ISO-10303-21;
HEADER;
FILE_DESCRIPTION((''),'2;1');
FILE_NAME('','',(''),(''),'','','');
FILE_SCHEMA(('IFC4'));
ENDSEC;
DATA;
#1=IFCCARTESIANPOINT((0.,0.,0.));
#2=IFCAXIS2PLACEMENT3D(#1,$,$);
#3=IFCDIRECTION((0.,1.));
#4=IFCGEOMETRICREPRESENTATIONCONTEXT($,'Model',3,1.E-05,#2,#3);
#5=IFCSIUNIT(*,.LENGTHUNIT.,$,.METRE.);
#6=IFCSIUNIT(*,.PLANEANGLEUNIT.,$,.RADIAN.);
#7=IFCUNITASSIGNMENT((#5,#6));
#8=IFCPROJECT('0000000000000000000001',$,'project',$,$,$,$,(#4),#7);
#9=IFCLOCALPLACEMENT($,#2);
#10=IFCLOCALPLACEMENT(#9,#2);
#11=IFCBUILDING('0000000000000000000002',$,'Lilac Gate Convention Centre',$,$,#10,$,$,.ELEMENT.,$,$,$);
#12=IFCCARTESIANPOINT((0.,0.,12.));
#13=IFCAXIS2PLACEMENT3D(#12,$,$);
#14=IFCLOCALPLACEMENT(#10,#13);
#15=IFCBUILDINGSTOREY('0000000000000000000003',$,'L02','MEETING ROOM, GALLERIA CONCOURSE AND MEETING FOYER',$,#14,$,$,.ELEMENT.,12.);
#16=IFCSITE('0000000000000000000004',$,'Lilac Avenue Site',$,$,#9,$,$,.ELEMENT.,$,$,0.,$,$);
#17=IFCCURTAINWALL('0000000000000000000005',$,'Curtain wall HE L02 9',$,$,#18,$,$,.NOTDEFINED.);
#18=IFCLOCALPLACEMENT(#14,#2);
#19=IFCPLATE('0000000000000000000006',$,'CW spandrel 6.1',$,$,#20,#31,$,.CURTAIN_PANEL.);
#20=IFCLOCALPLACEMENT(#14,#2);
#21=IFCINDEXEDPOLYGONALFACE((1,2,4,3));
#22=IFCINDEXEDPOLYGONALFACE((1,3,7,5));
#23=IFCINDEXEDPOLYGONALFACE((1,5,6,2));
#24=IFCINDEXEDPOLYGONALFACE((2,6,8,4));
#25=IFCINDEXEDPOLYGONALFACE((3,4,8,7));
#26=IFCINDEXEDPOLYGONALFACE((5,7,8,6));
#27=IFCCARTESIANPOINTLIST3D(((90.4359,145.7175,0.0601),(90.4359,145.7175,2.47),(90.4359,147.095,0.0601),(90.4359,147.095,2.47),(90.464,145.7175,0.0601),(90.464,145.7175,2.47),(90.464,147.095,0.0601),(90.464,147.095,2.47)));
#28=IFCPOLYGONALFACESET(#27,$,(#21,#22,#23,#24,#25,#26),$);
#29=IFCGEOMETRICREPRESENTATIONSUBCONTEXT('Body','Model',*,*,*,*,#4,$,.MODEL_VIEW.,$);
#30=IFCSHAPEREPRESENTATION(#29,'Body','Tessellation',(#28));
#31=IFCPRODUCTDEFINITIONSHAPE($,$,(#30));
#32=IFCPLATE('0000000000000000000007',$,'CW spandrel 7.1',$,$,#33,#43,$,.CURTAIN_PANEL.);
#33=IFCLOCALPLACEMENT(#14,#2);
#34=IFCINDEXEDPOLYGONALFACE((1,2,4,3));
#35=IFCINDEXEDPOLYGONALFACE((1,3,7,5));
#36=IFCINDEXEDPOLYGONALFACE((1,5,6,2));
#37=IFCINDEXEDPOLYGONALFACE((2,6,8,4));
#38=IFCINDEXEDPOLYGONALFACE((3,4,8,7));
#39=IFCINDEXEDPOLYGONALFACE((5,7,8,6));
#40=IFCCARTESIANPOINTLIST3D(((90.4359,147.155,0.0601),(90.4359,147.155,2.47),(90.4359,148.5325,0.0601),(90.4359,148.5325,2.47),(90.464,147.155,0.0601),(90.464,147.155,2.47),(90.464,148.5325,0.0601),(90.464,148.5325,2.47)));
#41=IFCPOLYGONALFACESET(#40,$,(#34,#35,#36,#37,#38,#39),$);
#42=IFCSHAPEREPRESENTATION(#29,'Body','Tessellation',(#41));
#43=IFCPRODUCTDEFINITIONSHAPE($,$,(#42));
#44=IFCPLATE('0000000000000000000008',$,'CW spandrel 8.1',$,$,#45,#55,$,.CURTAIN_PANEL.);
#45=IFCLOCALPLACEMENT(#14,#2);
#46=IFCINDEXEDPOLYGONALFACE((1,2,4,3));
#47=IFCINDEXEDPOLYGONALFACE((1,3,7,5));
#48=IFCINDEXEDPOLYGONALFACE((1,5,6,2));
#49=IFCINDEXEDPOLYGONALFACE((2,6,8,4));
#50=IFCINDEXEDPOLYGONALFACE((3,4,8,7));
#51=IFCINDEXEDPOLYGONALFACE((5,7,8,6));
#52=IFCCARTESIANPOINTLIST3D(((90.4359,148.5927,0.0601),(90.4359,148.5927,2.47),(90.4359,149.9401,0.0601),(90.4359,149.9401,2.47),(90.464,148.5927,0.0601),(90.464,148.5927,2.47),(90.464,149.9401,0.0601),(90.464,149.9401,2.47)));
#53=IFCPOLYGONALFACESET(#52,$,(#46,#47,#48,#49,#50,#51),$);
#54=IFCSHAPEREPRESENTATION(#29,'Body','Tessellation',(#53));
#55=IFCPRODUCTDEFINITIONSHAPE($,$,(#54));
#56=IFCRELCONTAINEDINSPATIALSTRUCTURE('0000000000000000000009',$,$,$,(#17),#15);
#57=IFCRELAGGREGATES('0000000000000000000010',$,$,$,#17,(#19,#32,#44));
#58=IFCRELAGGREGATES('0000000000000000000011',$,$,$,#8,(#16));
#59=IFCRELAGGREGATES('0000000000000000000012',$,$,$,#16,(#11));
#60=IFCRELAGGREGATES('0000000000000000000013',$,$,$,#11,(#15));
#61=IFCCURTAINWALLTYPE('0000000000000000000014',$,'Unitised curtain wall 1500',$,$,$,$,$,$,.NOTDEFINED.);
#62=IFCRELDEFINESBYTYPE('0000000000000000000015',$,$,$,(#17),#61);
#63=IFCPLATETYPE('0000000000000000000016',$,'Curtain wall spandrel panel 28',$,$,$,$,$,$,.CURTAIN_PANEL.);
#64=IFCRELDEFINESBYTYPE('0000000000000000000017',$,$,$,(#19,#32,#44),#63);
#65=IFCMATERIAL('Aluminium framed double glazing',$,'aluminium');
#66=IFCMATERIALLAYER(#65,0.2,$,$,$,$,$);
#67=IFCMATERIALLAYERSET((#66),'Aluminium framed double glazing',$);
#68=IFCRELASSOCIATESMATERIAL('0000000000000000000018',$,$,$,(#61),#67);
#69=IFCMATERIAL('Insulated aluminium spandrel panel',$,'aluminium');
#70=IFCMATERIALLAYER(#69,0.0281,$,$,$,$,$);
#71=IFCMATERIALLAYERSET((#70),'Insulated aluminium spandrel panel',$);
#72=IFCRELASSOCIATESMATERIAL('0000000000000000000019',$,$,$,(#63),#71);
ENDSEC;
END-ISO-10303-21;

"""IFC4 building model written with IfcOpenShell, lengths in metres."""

from ifc_helpers import new_model, si_unit, direction, frame, origin, origin_2d, place, context, subcontext, project, spatial, rectangle, extrude, material, layer, layer_set, type_object, element, aggregate, save


model = new_model("IFC4")

# Units and contexts
model_context = context("Model", 3, precision=1e-05, world=origin(), true_north=direction((0.0, 1.0)))
body_context = subcontext(model_context, "Body", "Model", "MODEL_VIEW")
ifc_project = project(units=[si_unit("LENGTHUNIT", "METRE"), si_unit("PLANEANGLEUNIT", "RADIAN")], contexts=[model_context])

# Site, building, storey
site_placement = place(None, origin())
site = spatial("IfcSite", under=ifc_project, at=site_placement, Name="Lilac Avenue Site", CompositionType="ELEMENT", RefElevation=0.0)
building_placement = place(site_placement, origin())
building = spatial("IfcBuilding", under=site, at=building_placement, Name="Lilac Gate Convention Centre", CompositionType="ELEMENT")
storey_placement = place(building_placement, frame((0.0, 0.0, 12.0)))
storey = spatial("IfcBuildingStorey", under=building, at=storey_placement, Name="L02", Description="MEETING ROOM, GALLERIA CONCOURSE AND MEETING FOYER", CompositionType="ELEMENT", Elevation=12.0)

# Curtain wall, plates
ifc_material_1 = material(Name="Aluminium framed double glazing", Category="aluminium")
ifc_layer_1 = layer(ifc_material_1, 0.2)
ifc_layer_set_1 = layer_set([ifc_layer_1], Name="Aluminium framed double glazing")
curtain_wall_type = type_object("IfcCurtainWallType", Name="Unitised curtain wall 1500", PredefinedType="NOTDEFINED", material=ifc_layer_set_1)
curtain_wall_placement = place(storey_placement, origin())
curtain_wall = element("IfcCurtainWall", 1, at=curtain_wall_placement, inside=storey, type_object=curtain_wall_type, Name="Curtain wall HE L02 9", PredefinedType="NOTDEFINED")
ifc_material_2 = material(Name="Insulated aluminium spandrel panel", Category="aluminium")
ifc_layer_2 = layer(ifc_material_2, 0.0281)
ifc_layer_set_2 = layer_set([ifc_layer_2], Name="Insulated aluminium spandrel panel")
plate_type_1 = type_object("IfcPlateType", Name="Curtain wall spandrel panel 28", PredefinedType="CURTAIN_PANEL", material=ifc_layer_set_2)
plate_1_placement = place(storey_placement, frame((90.45, 146.4062, 0.0601), z_axis=(0.0, 0.0, 1.0), x_axis=(0.0, 1.0, 0.0)))
plate_1 = element("IfcPlate", 2, at=plate_1_placement, type_object=plate_type_1, Name="CW spandrel 6.1", PredefinedType="CURTAIN_PANEL", context=body_context, shape_type="SweptSolid", body=[
    extrude(rectangle(XDim=1.3774, YDim=0.0281, at=origin_2d()), origin(), (0.0, 0.0, 1.0), 2.4099),
])
plate_2_placement = place(storey_placement, frame((90.45, 147.8438, 0.0601), z_axis=(0.0, 0.0, 1.0), x_axis=(0.0, 1.0, 0.0)))
plate_2 = element("IfcPlate", 3, at=plate_2_placement, type_object=plate_type_1, Name="CW spandrel 7.1", PredefinedType="CURTAIN_PANEL", context=body_context, shape_type="SweptSolid", body=[
    extrude(rectangle(XDim=1.3774, YDim=0.0281, at=origin_2d()), origin(), (0.0, 0.0, 1.0), 2.4099),
])
plate_3_placement = place(storey_placement, frame((90.45, 149.2664, 0.0601), z_axis=(0.0, 0.0, 1.0), x_axis=(0.0, 1.0, 0.0)))
plate_3 = element("IfcPlate", 4, at=plate_3_placement, type_object=plate_type_1, Name="CW spandrel 8.1", PredefinedType="CURTAIN_PANEL", context=body_context, shape_type="SweptSolid", body=[
    extrude(rectangle(XDim=1.3474, YDim=0.0281, at=origin_2d()), origin(), (0.0, 0.0, 1.0), 2.4099),
])
aggregate(curtain_wall, [plate_1, plate_2, plate_3])

save(model, "model.ifc")
